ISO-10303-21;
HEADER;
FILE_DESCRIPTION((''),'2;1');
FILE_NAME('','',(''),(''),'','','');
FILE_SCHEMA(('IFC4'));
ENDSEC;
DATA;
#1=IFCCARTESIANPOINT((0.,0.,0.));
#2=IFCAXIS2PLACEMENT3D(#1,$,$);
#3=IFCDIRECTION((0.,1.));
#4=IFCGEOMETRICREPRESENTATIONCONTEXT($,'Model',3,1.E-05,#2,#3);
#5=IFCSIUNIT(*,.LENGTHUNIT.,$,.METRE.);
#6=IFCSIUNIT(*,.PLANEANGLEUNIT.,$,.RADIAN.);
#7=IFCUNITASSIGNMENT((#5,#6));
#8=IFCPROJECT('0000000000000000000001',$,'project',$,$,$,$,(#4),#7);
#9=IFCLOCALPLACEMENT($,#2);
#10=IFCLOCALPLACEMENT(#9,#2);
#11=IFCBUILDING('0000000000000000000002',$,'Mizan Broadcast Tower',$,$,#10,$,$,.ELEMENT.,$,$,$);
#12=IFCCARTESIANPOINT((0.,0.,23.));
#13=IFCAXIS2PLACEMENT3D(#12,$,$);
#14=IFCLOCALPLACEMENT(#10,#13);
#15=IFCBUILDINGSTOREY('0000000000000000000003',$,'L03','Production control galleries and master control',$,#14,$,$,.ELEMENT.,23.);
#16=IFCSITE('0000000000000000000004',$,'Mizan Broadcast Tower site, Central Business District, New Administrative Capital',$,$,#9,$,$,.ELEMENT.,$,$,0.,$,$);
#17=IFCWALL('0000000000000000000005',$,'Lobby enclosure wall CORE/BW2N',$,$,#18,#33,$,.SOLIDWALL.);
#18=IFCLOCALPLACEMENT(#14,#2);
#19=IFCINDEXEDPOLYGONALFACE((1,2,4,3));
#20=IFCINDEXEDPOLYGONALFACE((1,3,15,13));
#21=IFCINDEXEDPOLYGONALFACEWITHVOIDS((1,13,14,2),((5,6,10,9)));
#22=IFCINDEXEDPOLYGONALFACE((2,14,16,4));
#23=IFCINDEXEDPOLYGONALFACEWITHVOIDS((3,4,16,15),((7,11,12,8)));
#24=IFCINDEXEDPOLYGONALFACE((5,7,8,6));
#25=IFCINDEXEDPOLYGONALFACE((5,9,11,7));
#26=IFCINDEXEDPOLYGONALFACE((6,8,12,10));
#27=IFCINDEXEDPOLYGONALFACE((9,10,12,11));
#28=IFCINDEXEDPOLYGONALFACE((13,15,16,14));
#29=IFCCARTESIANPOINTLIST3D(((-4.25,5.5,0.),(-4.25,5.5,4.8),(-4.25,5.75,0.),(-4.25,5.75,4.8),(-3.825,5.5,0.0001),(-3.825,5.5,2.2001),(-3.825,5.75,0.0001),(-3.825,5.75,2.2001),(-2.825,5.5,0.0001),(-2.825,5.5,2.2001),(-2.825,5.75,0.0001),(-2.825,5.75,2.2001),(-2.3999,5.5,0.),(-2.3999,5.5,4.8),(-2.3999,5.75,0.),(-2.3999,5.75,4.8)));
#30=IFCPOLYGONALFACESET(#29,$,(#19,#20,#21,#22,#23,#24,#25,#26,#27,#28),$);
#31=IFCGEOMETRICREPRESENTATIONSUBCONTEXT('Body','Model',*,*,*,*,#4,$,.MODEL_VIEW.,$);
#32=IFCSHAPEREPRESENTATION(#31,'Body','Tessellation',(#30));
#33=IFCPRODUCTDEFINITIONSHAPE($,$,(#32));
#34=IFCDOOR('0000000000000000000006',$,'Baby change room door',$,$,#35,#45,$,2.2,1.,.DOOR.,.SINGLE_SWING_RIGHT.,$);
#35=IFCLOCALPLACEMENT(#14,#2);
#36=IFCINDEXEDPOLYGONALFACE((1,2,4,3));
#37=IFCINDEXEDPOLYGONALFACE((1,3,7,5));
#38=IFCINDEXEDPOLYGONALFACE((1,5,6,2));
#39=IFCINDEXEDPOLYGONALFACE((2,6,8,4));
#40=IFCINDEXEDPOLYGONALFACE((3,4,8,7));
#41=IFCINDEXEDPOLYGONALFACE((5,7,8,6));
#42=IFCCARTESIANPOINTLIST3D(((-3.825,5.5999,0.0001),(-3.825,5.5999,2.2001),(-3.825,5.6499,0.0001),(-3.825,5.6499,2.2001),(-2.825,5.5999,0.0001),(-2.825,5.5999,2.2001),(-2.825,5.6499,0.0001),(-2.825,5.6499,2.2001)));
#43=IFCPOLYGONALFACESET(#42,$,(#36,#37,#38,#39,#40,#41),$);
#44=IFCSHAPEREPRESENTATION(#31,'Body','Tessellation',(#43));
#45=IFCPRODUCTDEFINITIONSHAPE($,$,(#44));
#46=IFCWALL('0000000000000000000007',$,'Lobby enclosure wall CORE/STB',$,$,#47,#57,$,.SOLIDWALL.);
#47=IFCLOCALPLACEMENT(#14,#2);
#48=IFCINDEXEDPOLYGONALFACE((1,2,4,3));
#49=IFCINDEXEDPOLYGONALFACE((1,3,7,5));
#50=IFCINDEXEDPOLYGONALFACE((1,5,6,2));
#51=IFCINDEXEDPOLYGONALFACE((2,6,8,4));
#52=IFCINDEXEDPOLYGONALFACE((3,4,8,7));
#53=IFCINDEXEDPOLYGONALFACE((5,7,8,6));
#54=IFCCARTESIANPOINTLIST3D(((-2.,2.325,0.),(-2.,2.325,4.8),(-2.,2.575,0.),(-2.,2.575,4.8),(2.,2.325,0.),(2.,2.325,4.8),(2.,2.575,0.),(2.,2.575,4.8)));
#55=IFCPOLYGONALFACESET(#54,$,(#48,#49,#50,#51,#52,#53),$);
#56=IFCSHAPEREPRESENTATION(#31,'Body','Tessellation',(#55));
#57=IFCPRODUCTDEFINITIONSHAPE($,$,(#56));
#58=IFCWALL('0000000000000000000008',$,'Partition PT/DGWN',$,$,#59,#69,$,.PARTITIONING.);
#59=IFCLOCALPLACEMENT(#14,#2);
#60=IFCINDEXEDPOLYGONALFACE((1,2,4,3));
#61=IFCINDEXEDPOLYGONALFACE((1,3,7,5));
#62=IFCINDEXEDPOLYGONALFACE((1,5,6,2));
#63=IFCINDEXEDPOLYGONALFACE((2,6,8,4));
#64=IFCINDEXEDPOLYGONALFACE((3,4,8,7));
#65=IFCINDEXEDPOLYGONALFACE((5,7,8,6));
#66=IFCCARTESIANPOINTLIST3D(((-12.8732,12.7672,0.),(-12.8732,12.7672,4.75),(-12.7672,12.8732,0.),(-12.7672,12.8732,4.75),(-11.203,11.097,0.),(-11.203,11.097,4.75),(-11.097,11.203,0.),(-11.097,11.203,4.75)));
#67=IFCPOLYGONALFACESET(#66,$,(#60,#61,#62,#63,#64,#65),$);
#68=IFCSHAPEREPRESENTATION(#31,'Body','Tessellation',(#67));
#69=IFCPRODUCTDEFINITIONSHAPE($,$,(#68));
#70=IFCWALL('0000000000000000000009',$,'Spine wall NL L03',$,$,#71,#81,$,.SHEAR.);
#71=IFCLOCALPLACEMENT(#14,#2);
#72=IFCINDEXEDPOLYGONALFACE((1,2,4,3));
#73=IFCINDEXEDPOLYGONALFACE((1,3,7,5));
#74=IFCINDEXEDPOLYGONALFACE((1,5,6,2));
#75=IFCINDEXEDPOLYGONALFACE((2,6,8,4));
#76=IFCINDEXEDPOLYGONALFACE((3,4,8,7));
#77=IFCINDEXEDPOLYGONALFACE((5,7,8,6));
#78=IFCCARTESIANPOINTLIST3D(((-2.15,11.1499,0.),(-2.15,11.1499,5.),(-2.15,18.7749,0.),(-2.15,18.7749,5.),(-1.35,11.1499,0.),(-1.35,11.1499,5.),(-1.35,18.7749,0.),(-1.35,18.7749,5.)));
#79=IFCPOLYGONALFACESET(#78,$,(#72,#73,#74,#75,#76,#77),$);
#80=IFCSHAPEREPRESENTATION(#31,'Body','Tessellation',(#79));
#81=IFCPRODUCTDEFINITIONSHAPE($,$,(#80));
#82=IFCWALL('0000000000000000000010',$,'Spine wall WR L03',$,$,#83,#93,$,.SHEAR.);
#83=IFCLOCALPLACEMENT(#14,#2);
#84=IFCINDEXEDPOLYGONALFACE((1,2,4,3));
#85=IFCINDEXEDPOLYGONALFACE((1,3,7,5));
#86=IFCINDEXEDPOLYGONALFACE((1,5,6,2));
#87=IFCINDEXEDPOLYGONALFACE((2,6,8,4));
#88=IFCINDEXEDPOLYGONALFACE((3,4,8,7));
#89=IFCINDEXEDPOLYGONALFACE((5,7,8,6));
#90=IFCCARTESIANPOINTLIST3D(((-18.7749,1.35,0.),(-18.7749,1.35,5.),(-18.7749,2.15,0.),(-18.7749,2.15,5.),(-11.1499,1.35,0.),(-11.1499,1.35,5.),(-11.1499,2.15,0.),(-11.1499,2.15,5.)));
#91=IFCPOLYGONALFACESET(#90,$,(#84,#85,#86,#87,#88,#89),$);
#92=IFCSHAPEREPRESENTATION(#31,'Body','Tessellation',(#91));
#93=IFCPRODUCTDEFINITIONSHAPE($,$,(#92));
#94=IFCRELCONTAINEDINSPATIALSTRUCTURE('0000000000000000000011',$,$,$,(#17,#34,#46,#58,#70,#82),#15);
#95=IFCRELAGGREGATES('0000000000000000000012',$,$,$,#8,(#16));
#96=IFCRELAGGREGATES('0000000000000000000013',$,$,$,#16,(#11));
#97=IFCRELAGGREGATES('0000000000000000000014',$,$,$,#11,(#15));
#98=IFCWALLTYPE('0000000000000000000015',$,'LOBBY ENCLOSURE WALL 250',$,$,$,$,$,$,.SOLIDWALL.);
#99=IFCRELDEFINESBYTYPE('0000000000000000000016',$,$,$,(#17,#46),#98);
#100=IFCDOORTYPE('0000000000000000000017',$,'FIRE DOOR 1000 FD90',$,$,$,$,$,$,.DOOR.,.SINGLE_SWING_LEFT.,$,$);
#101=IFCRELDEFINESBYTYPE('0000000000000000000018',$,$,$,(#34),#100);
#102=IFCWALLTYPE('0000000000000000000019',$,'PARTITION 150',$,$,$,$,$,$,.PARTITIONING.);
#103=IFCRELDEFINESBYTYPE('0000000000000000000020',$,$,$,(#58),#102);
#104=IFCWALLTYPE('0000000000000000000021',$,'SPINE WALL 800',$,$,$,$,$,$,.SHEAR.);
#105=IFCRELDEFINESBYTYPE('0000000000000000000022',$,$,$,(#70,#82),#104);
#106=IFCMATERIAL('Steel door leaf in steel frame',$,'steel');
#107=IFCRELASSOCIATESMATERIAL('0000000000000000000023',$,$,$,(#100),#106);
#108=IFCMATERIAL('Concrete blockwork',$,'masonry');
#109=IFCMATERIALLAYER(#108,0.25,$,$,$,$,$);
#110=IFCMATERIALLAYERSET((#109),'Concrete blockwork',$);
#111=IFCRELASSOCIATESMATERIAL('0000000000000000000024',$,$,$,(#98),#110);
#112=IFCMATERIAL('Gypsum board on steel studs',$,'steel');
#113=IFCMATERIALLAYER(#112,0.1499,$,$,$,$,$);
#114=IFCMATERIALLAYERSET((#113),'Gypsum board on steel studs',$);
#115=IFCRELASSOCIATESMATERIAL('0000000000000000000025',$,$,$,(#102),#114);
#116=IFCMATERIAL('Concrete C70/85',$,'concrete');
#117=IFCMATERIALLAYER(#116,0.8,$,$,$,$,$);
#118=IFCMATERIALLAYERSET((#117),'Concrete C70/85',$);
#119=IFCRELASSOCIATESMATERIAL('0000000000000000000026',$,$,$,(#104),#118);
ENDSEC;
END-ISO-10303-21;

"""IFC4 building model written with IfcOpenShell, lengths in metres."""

from ifc_helpers import new_model, si_unit, direction, frame, frame_2d, origin, place, context, subcontext, project, spatial, rectangle, extrude, material, layer, layer_set, type_object, element, fill, save


model = new_model("IFC4")

# Units and contexts
model_context = context("Model", 3, precision=1e-05, world=origin(), true_north=direction((0.0, 1.0)))
body_context = subcontext(model_context, "Body", "Model", "MODEL_VIEW")
ifc_project = project(units=[si_unit("LENGTHUNIT", "METRE"), si_unit("PLANEANGLEUNIT", "RADIAN")], contexts=[model_context])

# Site, building, storey
site_placement = place(None, origin())
site = spatial("IfcSite", under=ifc_project, at=site_placement, Name="Mizan Broadcast Tower site, Central Business District, New Administrative Capital", CompositionType="ELEMENT", RefElevation=0.0)
building_placement = place(site_placement, origin())
building = spatial("IfcBuilding", under=site, at=building_placement, Name="Mizan Broadcast Tower", CompositionType="ELEMENT")
storey_placement = place(building_placement, frame((0.0, 0.0, 23.0)))
storey = spatial("IfcBuildingStorey", under=building, at=storey_placement, Name="L03", Description="Production control galleries and master control", CompositionType="ELEMENT", Elevation=23.0)

# Shared definitions
ifc_material_1 = material(Name="Steel door leaf in steel frame", Category="steel")
door_type_1 = type_object("IfcDoorType", Name="FIRE DOOR 1000 FD90", OperationType="SINGLE_SWING_LEFT", PredefinedType="DOOR", material=ifc_material_1)

# Shared definitions
ifc_material_2 = material(Name="Concrete blockwork", Category="masonry")
ifc_layer_1 = layer(ifc_material_2, 0.25)
ifc_layer_set_1 = layer_set([ifc_layer_1], Name="Concrete blockwork")
wall_type_1 = type_object("IfcWallType", Name="LOBBY ENCLOSURE WALL 250", PredefinedType="SOLIDWALL", material=ifc_layer_set_1)

# Wall, opening, door
wall_1_placement = place(storey_placement, frame((-4.25, 5.625, 0.0), z_axis=(0.0, 0.0, 1.0), x_axis=(1.0, 0.0, 0.0)))
wall_1 = element("IfcWall", 1, at=wall_1_placement, inside=storey, type_object=wall_type_1, Name="Lobby enclosure wall CORE/BW2N", PredefinedType="SOLIDWALL", context=body_context, shape_type="SweptSolid", body=[
    extrude(rectangle(XDim=1.8501, YDim=0.25, at=frame_2d((0.925, 0.0))), origin(), (0.0, 0.0, 1.0), 4.8),
])
opening_1_placement = place(wall_1_placement, frame((0.425, 0.0, 0.0)))
opening_1 = element("IfcOpeningElement", 2, at=opening_1_placement, cuts=wall_1, PredefinedType="OPENING", context=body_context, shape_type="SweptSolid", body=[
    extrude(rectangle(XDim=1.0, YDim=2.2, at=frame_2d((0.5, 1.1001))), frame((0.0, 0.135, 0.0), z_axis=(0.0, -1.0, 0.0), x_axis=(1.0, 0.0, 0.0)), (0.0, 0.0, 1.0), 0.27),
])
door_1_placement = place(opening_1_placement, origin())
door_1 = element("IfcDoor", 3, at=door_1_placement, inside=storey, type_object=door_type_1, Name="Baby change room door", OperationType="SINGLE_SWING_RIGHT", OverallHeight=2.2, OverallWidth=1.0, PredefinedType="DOOR", context=body_context, shape_type="SweptSolid", body=[
    extrude(rectangle(XDim=1.0, YDim=2.2, at=frame_2d((0.5, 1.1001))), frame((0.0, 0.0249, 0.0), z_axis=(0.0, -1.0, 0.0), x_axis=(1.0, 0.0, 0.0)), (0.0, 0.0, 1.0), 0.05),
])
fill(opening_1, door_1)

# Walls
wall_2_placement = place(storey_placement, frame((-2.0, 2.45, 0.0), z_axis=(0.0, 0.0, 1.0), x_axis=(1.0, 0.0, 0.0)))
element("IfcWall", 4, at=wall_2_placement, inside=storey, type_object=wall_type_1, Name="Lobby enclosure wall CORE/STB", PredefinedType="SOLIDWALL", context=body_context, shape_type="SweptSolid", body=[
    extrude(rectangle(XDim=4.0, YDim=0.25, at=frame_2d((2.0, 0.0))), origin(), (0.0, 0.0, 1.0), 4.8),
])
ifc_material_3 = material(Name="Gypsum board on steel studs", Category="steel")
ifc_layer_2 = layer(ifc_material_3, 0.1499)
ifc_layer_set_2 = layer_set([ifc_layer_2], Name="Gypsum board on steel studs")
wall_type_2 = type_object("IfcWallType", Name="PARTITION 150", PredefinedType="PARTITIONING", material=ifc_layer_set_2)
wall_3_placement = place(storey_placement, frame((-11.1499, 11.1499, 0.0), z_axis=(0.0, 0.0, 1.0), x_axis=(-0.707107, 0.707107, 0.0)))
element("IfcWall", 5, at=wall_3_placement, inside=storey, type_object=wall_type_2, Name="Partition PT/DGWN", PredefinedType="PARTITIONING", context=body_context, shape_type="SweptSolid", body=[
    extrude(rectangle(XDim=2.3621, YDim=0.1499, at=frame_2d((1.1812, 0.0))), origin(), (0.0, 0.0, 1.0), 4.75),
])
ifc_material_4 = material(Name="Concrete C70/85", Category="concrete")
ifc_layer_3 = layer(ifc_material_4, 0.8)
ifc_layer_set_3 = layer_set([ifc_layer_3], Name="Concrete C70/85")
wall_type_3 = type_object("IfcWallType", Name="SPINE WALL 800", PredefinedType="SHEAR", material=ifc_layer_set_3)
for number, where, z_axis, x_axis, name in (
    (6, (-1.75, 11.1499, 0.0), (0.0, 0.0, 1.0), (0.0, 1.0, 0.0), "Spine wall NL L03"),
    (7, (-11.1499, 1.75, 0.0), (0.0, 0.0, 1.0), (-1.0, 0.0, 0.0), "Spine wall WR L03"),
):
    element("IfcWall", number, at=place(storey_placement, frame(where, z_axis=z_axis, x_axis=x_axis)), inside=storey, type_object=wall_type_3, Name=name, PredefinedType="SHEAR", context=body_context, shape_type="SweptSolid", body=[
        extrude(rectangle(XDim=7.625, YDim=0.8, at=frame_2d((3.8125, 0.0))), origin(), (0.0, 0.0, 1.0), 5.0),
    ])

save(model, "model.ifc")
